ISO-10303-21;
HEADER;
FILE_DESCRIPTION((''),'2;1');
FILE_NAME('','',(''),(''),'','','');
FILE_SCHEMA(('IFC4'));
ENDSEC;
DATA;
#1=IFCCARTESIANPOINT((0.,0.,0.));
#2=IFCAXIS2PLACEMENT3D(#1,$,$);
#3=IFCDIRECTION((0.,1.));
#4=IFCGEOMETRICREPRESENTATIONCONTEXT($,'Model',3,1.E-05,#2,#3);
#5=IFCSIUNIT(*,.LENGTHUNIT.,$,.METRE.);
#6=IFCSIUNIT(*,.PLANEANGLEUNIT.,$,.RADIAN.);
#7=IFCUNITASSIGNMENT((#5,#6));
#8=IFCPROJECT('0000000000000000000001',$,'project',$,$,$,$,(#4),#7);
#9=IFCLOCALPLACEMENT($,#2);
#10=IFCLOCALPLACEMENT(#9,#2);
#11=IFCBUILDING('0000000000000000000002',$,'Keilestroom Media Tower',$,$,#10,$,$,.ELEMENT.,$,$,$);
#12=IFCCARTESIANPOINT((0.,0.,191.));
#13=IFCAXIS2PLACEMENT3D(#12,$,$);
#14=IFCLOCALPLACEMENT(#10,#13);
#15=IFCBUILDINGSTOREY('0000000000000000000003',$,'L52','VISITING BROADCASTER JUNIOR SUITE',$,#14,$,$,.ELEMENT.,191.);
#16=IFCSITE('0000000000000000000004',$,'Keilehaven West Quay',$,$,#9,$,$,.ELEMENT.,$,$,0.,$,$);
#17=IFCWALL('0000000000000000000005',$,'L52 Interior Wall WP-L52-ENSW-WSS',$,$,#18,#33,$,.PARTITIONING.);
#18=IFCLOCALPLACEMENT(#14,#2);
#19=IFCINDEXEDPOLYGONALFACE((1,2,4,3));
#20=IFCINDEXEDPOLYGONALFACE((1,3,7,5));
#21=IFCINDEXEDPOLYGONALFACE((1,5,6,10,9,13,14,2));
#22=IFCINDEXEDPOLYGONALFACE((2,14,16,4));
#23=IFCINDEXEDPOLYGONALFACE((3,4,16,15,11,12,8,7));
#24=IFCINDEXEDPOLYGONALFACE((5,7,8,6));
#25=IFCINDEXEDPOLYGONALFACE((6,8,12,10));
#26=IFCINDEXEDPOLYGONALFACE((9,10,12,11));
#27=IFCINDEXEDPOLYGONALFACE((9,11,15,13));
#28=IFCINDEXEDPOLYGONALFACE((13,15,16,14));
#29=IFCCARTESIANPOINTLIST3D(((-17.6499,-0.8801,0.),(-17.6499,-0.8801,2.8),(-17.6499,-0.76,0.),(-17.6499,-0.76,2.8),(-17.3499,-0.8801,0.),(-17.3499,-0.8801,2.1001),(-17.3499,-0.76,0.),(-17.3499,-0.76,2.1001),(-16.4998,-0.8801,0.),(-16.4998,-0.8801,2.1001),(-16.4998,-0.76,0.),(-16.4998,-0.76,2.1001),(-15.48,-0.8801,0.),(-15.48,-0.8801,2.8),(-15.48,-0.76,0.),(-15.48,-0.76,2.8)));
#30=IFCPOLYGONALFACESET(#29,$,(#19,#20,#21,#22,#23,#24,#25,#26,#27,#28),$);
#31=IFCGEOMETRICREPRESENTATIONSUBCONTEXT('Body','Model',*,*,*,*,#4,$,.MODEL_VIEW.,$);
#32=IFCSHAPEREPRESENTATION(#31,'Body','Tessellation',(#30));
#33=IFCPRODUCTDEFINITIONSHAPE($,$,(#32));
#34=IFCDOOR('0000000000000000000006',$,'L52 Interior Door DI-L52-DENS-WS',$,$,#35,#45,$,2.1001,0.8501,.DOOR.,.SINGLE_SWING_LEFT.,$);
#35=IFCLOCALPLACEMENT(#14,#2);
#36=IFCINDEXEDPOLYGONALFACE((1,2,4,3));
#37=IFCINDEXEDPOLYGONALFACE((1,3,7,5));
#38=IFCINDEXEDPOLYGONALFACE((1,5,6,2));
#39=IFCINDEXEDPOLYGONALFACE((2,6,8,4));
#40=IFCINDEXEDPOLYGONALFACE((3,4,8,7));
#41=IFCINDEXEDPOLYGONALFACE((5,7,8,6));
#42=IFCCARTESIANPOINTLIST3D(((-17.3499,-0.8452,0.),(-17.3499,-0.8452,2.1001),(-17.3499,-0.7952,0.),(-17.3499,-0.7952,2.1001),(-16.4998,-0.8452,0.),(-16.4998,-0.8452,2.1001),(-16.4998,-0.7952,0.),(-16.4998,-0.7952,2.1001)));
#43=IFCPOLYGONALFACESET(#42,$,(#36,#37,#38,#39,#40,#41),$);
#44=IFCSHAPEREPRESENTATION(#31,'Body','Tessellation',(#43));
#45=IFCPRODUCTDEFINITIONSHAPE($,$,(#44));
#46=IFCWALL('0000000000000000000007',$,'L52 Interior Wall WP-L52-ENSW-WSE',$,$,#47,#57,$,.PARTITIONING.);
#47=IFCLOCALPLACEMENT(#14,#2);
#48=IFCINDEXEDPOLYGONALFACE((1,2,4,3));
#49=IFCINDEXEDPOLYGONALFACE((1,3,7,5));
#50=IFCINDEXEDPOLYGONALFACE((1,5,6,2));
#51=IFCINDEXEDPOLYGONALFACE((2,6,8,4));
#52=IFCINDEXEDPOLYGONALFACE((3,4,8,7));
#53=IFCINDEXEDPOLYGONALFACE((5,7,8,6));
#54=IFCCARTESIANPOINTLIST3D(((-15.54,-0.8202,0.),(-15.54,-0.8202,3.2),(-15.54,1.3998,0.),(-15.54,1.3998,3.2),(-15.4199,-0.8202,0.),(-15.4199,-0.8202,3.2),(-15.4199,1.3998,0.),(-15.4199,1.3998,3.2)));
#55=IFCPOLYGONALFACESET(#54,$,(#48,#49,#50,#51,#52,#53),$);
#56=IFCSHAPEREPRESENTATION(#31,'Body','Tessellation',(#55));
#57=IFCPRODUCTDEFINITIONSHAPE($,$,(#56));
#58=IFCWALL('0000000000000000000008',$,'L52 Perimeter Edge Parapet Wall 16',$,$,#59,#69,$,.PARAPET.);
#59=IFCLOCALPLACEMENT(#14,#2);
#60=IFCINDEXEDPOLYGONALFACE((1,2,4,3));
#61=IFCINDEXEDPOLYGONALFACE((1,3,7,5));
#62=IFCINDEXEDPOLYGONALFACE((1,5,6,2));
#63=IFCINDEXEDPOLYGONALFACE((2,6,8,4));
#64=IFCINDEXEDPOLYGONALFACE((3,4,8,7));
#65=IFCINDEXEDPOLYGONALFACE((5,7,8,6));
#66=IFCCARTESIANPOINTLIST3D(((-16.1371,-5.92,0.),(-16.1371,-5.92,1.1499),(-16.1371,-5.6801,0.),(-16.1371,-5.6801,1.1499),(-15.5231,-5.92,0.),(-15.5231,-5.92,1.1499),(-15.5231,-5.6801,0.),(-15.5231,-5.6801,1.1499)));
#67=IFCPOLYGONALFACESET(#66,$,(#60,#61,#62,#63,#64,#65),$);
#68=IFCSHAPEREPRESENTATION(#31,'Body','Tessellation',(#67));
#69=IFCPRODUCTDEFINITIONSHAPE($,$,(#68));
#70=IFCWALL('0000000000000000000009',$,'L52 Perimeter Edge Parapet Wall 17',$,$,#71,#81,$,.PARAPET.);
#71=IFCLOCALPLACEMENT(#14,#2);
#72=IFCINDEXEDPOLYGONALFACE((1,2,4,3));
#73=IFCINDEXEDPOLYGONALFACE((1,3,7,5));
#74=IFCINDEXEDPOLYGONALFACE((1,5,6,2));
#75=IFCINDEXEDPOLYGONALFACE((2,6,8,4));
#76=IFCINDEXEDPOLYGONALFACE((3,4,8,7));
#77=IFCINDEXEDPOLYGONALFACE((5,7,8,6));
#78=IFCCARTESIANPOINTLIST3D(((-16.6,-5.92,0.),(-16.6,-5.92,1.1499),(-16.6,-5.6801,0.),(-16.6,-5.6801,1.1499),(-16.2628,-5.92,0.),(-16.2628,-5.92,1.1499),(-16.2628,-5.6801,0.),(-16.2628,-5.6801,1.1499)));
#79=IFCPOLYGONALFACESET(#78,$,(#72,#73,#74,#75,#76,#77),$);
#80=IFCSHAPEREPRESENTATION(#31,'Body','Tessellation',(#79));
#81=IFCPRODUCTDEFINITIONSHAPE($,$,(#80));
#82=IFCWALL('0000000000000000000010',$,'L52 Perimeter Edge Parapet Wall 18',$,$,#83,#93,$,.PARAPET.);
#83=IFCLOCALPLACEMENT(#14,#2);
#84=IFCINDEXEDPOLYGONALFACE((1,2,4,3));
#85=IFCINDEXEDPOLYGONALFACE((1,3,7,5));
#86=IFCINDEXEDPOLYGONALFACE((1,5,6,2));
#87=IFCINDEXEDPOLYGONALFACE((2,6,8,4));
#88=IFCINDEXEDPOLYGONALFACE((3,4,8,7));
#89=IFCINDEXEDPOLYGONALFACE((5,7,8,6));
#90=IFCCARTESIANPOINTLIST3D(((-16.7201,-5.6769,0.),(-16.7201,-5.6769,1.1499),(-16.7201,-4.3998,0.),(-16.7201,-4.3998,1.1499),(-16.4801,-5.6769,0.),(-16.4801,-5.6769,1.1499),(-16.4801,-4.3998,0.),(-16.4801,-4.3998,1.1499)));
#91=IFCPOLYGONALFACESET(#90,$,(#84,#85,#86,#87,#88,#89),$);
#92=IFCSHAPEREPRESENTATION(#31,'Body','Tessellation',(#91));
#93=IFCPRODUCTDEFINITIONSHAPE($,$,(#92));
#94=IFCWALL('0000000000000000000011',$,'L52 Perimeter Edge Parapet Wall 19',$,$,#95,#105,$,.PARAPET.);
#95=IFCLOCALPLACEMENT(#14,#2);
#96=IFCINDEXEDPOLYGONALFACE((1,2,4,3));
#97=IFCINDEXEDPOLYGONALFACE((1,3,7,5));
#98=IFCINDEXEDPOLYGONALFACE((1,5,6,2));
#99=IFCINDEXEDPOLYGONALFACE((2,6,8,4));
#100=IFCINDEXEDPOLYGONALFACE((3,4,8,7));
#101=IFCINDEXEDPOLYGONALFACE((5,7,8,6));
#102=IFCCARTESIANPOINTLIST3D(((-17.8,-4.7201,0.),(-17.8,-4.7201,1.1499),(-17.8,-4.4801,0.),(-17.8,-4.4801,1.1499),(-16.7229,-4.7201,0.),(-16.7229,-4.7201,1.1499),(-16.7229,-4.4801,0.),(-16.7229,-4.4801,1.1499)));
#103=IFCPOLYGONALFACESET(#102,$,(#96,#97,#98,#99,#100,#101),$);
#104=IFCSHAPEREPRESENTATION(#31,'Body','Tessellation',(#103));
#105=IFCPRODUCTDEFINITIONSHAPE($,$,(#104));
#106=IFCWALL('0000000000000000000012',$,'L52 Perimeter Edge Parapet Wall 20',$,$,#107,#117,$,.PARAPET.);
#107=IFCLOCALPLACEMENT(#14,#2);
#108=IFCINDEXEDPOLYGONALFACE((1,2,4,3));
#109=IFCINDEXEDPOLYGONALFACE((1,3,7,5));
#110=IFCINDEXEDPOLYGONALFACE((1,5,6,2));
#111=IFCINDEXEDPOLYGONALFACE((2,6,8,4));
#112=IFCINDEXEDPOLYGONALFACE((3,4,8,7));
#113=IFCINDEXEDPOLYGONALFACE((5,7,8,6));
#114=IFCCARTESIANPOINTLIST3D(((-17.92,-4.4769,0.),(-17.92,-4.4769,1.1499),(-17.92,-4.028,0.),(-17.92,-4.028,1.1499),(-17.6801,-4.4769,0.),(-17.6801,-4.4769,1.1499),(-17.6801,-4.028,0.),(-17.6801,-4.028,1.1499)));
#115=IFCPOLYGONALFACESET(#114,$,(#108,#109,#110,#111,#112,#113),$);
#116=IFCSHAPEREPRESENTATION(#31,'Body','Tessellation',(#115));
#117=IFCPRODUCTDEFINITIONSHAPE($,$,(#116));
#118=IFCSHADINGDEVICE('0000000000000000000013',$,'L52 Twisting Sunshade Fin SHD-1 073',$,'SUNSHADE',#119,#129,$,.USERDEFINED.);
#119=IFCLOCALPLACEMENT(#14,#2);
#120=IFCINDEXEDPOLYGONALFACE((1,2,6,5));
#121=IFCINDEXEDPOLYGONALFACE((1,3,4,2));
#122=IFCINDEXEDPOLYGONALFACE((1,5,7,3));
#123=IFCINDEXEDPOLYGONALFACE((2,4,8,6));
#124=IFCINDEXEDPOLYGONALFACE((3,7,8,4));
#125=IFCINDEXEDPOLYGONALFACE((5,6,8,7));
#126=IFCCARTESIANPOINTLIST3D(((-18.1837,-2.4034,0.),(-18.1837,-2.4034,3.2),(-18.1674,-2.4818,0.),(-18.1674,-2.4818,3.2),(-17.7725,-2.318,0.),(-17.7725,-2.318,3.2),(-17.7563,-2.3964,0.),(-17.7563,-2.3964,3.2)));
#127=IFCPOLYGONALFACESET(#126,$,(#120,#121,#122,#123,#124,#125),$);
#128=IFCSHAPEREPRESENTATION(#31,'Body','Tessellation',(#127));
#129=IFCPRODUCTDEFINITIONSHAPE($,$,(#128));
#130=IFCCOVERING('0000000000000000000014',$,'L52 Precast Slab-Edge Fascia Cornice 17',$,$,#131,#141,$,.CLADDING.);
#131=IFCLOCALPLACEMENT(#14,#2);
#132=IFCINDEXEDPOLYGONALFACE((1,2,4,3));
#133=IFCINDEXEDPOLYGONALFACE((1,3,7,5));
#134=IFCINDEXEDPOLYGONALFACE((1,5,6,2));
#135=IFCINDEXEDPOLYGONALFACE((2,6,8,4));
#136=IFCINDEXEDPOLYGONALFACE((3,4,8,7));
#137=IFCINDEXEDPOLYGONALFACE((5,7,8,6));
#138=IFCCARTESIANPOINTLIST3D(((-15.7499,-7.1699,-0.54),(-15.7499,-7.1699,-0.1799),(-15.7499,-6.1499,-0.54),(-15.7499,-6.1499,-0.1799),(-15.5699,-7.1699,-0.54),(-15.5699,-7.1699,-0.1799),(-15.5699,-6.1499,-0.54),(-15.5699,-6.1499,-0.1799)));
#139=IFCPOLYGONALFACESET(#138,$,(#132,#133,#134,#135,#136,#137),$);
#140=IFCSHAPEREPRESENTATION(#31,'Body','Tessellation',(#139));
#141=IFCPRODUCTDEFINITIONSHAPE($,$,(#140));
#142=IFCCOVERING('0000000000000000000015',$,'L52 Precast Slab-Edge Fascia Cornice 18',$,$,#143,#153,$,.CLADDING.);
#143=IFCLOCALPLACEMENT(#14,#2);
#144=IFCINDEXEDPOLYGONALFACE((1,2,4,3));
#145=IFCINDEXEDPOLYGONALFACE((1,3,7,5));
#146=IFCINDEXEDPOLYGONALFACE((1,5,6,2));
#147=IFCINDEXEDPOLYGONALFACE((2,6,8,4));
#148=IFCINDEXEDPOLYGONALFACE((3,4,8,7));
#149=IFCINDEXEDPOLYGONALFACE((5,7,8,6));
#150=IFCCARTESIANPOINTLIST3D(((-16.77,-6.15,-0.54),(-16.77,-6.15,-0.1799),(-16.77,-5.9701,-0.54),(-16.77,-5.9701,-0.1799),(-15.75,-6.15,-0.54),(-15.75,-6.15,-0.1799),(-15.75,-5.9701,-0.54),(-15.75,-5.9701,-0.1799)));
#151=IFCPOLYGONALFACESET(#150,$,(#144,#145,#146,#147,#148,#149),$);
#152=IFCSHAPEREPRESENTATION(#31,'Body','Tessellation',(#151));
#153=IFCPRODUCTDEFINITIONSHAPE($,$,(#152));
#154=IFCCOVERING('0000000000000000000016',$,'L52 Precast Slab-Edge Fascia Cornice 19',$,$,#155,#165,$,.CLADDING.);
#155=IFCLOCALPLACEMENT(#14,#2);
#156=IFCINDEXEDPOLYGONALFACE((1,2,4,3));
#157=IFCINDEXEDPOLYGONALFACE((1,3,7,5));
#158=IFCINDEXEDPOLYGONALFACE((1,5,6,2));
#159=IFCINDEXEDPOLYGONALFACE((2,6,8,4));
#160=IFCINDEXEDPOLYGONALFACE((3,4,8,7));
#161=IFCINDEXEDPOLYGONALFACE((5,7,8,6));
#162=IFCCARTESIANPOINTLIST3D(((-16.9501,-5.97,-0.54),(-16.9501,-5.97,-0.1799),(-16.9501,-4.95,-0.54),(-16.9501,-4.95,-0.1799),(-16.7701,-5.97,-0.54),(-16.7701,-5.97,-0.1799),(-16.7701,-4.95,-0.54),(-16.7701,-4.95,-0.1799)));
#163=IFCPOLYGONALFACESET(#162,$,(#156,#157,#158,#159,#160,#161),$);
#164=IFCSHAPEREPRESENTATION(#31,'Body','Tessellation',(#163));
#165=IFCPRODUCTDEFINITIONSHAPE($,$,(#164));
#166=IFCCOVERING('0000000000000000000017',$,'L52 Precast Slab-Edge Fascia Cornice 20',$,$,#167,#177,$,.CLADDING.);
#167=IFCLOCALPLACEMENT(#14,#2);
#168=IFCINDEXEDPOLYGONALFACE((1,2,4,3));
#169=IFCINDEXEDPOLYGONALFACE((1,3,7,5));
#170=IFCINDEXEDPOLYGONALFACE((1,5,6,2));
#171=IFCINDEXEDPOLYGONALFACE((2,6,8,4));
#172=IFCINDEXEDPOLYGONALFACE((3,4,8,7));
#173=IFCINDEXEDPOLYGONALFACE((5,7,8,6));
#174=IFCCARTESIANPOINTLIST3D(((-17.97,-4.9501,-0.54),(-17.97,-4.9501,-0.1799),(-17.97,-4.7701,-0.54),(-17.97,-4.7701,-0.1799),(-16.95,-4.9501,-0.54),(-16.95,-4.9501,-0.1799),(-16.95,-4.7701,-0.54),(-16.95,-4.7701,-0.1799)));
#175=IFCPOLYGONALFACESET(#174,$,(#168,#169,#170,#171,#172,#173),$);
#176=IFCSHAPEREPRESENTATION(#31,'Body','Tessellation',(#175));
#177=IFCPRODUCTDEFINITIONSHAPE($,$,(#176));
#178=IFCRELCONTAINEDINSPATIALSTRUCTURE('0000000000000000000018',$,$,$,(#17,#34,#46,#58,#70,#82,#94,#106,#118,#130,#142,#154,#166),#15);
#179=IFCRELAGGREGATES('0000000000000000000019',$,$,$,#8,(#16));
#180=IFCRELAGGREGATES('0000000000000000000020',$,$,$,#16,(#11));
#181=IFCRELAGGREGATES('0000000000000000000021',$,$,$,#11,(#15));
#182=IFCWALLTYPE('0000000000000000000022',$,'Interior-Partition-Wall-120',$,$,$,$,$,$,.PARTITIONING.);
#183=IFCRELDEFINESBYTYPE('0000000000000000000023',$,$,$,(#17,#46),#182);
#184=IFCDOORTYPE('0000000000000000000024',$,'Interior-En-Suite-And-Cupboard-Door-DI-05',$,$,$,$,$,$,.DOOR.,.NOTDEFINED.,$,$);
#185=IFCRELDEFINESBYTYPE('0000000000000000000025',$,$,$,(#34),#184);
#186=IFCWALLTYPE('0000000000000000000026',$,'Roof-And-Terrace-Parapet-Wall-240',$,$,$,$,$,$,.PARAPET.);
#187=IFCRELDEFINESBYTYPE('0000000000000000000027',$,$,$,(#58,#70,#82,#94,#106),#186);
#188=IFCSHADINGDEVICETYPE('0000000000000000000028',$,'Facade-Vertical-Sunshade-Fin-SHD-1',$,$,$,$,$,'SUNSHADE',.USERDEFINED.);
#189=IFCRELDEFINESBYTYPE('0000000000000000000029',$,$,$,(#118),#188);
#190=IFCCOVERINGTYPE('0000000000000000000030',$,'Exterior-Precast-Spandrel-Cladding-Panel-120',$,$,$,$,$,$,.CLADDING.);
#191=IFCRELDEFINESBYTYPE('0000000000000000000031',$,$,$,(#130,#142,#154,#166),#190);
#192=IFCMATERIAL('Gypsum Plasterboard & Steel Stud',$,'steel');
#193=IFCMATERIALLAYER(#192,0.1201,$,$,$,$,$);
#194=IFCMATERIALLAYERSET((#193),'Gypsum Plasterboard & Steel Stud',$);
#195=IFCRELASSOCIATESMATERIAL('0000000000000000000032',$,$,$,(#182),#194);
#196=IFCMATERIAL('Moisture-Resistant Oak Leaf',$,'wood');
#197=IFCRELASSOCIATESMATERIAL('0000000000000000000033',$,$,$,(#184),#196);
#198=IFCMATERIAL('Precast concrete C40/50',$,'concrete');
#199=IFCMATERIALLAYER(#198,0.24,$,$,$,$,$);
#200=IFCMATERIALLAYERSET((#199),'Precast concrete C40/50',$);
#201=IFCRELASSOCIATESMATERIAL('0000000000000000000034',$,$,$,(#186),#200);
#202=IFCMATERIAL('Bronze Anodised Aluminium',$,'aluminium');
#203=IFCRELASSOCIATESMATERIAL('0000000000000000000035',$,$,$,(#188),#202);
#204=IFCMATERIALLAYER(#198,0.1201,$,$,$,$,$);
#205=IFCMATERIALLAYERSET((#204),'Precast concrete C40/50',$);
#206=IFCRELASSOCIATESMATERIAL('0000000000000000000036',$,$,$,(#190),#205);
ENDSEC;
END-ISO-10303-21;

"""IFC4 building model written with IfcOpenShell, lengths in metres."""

from ifc_helpers import new_model, si_unit, direction, frame, frame_2d, origin, origin_2d, place, context, subcontext, project, spatial, rectangle, extrude, source, transform, mapped, material, layer, layer_set, type_object, element, fill, save


model = new_model("IFC4")

# Units and contexts
model_context = context("Model", 3, precision=1e-05, world=origin(), true_north=direction((0.0, 1.0)))
body_context = subcontext(model_context, "Body", "Model", "MODEL_VIEW")
ifc_project = project(units=[si_unit("LENGTHUNIT", "METRE"), si_unit("PLANEANGLEUNIT", "RADIAN")], contexts=[model_context])

# Site, building, storey
site_placement = place(None, origin())
site = spatial("IfcSite", under=ifc_project, at=site_placement, Name="Keilehaven West Quay", CompositionType="ELEMENT", RefElevation=0.0)
building_placement = place(site_placement, origin())
building = spatial("IfcBuilding", under=site, at=building_placement, Name="Keilestroom Media Tower", CompositionType="ELEMENT")
storey_placement = place(building_placement, frame((0.0, 0.0, 191.0)))
storey = spatial("IfcBuildingStorey", under=building, at=storey_placement, Name="L52", Description="VISITING BROADCASTER JUNIOR SUITE", CompositionType="ELEMENT", Elevation=191.0)

# Shared definitions
ifc_material_1 = material(Name="Precast concrete C40/50", Category="concrete")

# Wall, opening, door
ifc_material_2 = material(Name="Gypsum Plasterboard & Steel Stud", Category="steel")
ifc_layer_1 = layer(ifc_material_2, 0.1201)
ifc_layer_set_1 = layer_set([ifc_layer_1], Name="Gypsum Plasterboard & Steel Stud")
wall_type_1 = type_object("IfcWallType", Name="Interior-Partition-Wall-120", PredefinedType="PARTITIONING", material=ifc_layer_set_1)
wall_1_placement = place(storey_placement, frame((-17.6499, -0.8201, 0.0), z_axis=(0.0, 0.0, 1.0), x_axis=(1.0, 0.0, 0.0)))
wall_1 = element("IfcWall", 1, at=wall_1_placement, inside=storey, type_object=wall_type_1, Name="L52 Interior Wall WP-L52-ENSW-WSS", PredefinedType="PARTITIONING", context=body_context, shape_type="SweptSolid", body=[
    extrude(rectangle(XDim=2.1699, YDim=0.1201, at=frame_2d((1.085, 0.0))), origin(), (0.0, 0.0, 1.0), 2.8),
])
opening_placement = place(wall_1_placement, frame((0.3, 0.0, 0.0)))
opening = element("IfcOpeningElement", 2, at=opening_placement, cuts=wall_1, PredefinedType="OPENING", context=body_context, shape_type="SweptSolid", body=[
    extrude(rectangle(XDim=0.8501, YDim=2.1001, at=frame_2d((0.425, 1.05))), frame((0.0, 0.0701, 0.0), z_axis=(0.0, -1.0, 0.0), x_axis=(1.0, 0.0, 0.0)), (0.0, 0.0, 1.0), 0.1401),
])
ifc_material_3 = material(Name="Moisture-Resistant Oak Leaf", Category="wood")
door_type = type_object("IfcDoorType", Name="Interior-En-Suite-And-Cupboard-Door-DI-05", OperationType="NOTDEFINED", PredefinedType="DOOR", material=ifc_material_3)
shared_shape_1 = source(origin(), body_context, "Body", "SweptSolid", [
    extrude(rectangle(XDim=0.8501, YDim=2.1001, at=frame_2d((0.425, 1.05))), frame((0.0, 0.0249, 0.0), z_axis=(0.0, -1.0, 0.0), x_axis=(1.0, 0.0, 0.0)), (0.0, 0.0, 1.0), 0.05),
])
door_placement = place(opening_placement, origin())
door = element("IfcDoor", 3, at=door_placement, inside=storey, type_object=door_type, Name="L52 Interior Door DI-L52-DENS-WS", OperationType="SINGLE_SWING_LEFT", OverallHeight=2.1001, OverallWidth=0.8501, PredefinedType="DOOR", context=body_context, shape_type="MappedRepresentation", body=[
    mapped(shared_shape_1, transform((0.0, 0.0, 0.0), x_axis=(1.0, 0.0, 0.0), y_axis=(0.0, 1.0, 0.0), z_axis=(0.0, 0.0, 1.0), scale=1.0)),
])
fill(opening, door)

# Walls
wall_2_placement = place(storey_placement, frame((-15.48, -0.8201, 0.0), z_axis=(0.0, 0.0, 1.0), x_axis=(0.0, 1.0, 0.0)))
element("IfcWall", 4, at=wall_2_placement, inside=storey, type_object=wall_type_1, Name="L52 Interior Wall WP-L52-ENSW-WSE", PredefinedType="PARTITIONING", context=body_context, shape_type="SweptSolid", body=[
    extrude(rectangle(XDim=2.22, YDim=0.1201, at=frame_2d((1.1099, 0.0))), origin(), (0.0, 0.0, 1.0), 3.2),
])
ifc_layer_2 = layer(ifc_material_1, 0.24)
ifc_layer_set_2 = layer_set([ifc_layer_2], Name="Precast concrete C40/50")
wall_type_2 = type_object("IfcWallType", Name="Roof-And-Terrace-Parapet-Wall-240", PredefinedType="PARAPET", material=ifc_layer_set_2)
wall_3_placement = place(storey_placement, frame((-15.5229, -5.8, 0.0), z_axis=(0.0, 0.0, 1.0), x_axis=(-1.0, 0.0, 0.0)))
element("IfcWall", 5, at=wall_3_placement, inside=storey, type_object=wall_type_2, Name="L52 Perimeter Edge Parapet Wall 16", PredefinedType="PARAPET", context=body_context, shape_type="SweptSolid", body=[
    extrude(rectangle(XDim=0.614, YDim=0.24, at=frame_2d((0.3071, 0.0))), origin(), (0.0, 0.0, 1.0), 1.1499),
])
wall_4_placement = place(storey_placement, frame((-16.2629, -5.8, 0.0), z_axis=(0.0, 0.0, 1.0), x_axis=(-1.0, 0.0, 0.0)))
element("IfcWall", 6, at=wall_4_placement, inside=storey, type_object=wall_type_2, Name="L52 Perimeter Edge Parapet Wall 17", PredefinedType="PARAPET", context=body_context, shape_type="SweptSolid", body=[
    extrude(rectangle(XDim=0.3372, YDim=0.24, at=frame_2d((0.1685, 0.0))), origin(), (0.0, 0.0, 1.0), 1.1499),
])
wall_5_placement = place(storey_placement, frame((-16.6001, -5.677, 0.0), z_axis=(0.0, 0.0, 1.0), x_axis=(0.0, 1.0, 0.0)))
element("IfcWall", 7, at=wall_5_placement, inside=storey, type_object=wall_type_2, Name="L52 Perimeter Edge Parapet Wall 18", PredefinedType="PARAPET", context=body_context, shape_type="SweptSolid", body=[
    extrude(rectangle(XDim=1.2771, YDim=0.24, at=frame_2d((0.6387, 0.0))), origin(), (0.0, 0.0, 1.0), 1.1499),
])
wall_6_placement = place(storey_placement, frame((-16.7229, -4.6001, 0.0), z_axis=(0.0, 0.0, 1.0), x_axis=(-1.0, 0.0, 0.0)))
element("IfcWall", 8, at=wall_6_placement, inside=storey, type_object=wall_type_2, Name="L52 Perimeter Edge Parapet Wall 19", PredefinedType="PARAPET", context=body_context, shape_type="SweptSolid", body=[
    extrude(rectangle(XDim=1.0771, YDim=0.24, at=frame_2d((0.5386, 0.0))), origin(), (0.0, 0.0, 1.0), 1.1499),
])
wall_7_placement = place(storey_placement, frame((-17.8, -4.4771, 0.0), z_axis=(0.0, 0.0, 1.0), x_axis=(0.0, 1.0, 0.0)))
element("IfcWall", 9, at=wall_7_placement, inside=storey, type_object=wall_type_2, Name="L52 Perimeter Edge Parapet Wall 20", PredefinedType="PARAPET", context=body_context, shape_type="SweptSolid", body=[
    extrude(rectangle(XDim=0.449, YDim=0.24, at=frame_2d((0.2246, 0.0))), origin(), (0.0, 0.0, 1.0), 1.1499),
])

# Shading device
ifc_material_4 = material(Name="Bronze Anodised Aluminium", Category="aluminium")
shading_device_type = type_object("IfcShadingDeviceType", Name="Facade-Vertical-Sunshade-Fin-SHD-1", ElementType="SUNSHADE", PredefinedType="USERDEFINED", material=ifc_material_4)
shared_shape_2 = source(origin(), body_context, "Body", "SweptSolid", [
    extrude(rectangle(XDim=0.4199, YDim=0.0801, at=origin_2d()), origin(), (0.0, 0.0, 1.0), 3.2),
])
shading_device_placement = place(storey_placement, frame((-17.97, -2.3999, 0.0), z_axis=(0.0, 0.0, 1.0), x_axis=(0.979081, 0.203471, 0.0)))
element("IfcShadingDevice", 10, at=shading_device_placement, inside=storey, type_object=shading_device_type, Name="L52 Twisting Sunshade Fin SHD-1 073", ObjectType="SUNSHADE", PredefinedType="USERDEFINED", context=body_context, shape_type="MappedRepresentation", body=[
    mapped(shared_shape_2, transform((0.0, 0.0, 0.0), x_axis=(1.0, 0.0, 0.0), y_axis=(0.0, 1.0, 0.0), z_axis=(0.0, 0.0, 1.0), scale=1.0)),
])

# Coverings
ifc_layer_3 = layer(ifc_material_1, 0.1201)
ifc_layer_set_3 = layer_set([ifc_layer_3], Name="Precast concrete C40/50")
covering_type = type_object("IfcCoveringType", Name="Exterior-Precast-Spandrel-Cladding-Panel-120", PredefinedType="CLADDING", material=ifc_layer_set_3)
shared_shape_3 = source(origin(), body_context, "Body", "SweptSolid", [
    extrude(rectangle(XDim=1.02, YDim=0.1799, at=origin_2d()), origin(), (0.0, 0.0, 1.0), 0.3601),
])
for number, where, z_axis, x_axis, name in (
    (11, (-15.6599, -6.6599, -0.54), (0.0, 0.0, 1.0), (0.0, 1.0, 0.0), "L52 Precast Slab-Edge Fascia Cornice 17"),
    (12, (-16.26, -6.0601, -0.54), (0.0, 0.0, 1.0), (-1.0, 0.0, 0.0), "L52 Precast Slab-Edge Fascia Cornice 18"),
    (13, (-16.8601, -5.46, -0.54), (0.0, 0.0, 1.0), (0.0, 1.0, 0.0), "L52 Precast Slab-Edge Fascia Cornice 19"),
    (14, (-17.46, -4.8601, -0.54), (0.0, 0.0, 1.0), (-1.0, 0.0, 0.0), "L52 Precast Slab-Edge Fascia Cornice 20"),
):
    element("IfcCovering", number, at=place(storey_placement, frame(where, z_axis=z_axis, x_axis=x_axis)), inside=storey, type_object=covering_type, Name=name, PredefinedType="CLADDING", context=body_context, shape_type="MappedRepresentation", body=[
        mapped(shared_shape_3, transform((0.0, 0.0, 0.0), x_axis=(1.0, 0.0, 0.0), y_axis=(0.0, 1.0, 0.0), z_axis=(0.0, 0.0, 1.0), scale=1.0)),
    ])

save(model, "model.ifc")
